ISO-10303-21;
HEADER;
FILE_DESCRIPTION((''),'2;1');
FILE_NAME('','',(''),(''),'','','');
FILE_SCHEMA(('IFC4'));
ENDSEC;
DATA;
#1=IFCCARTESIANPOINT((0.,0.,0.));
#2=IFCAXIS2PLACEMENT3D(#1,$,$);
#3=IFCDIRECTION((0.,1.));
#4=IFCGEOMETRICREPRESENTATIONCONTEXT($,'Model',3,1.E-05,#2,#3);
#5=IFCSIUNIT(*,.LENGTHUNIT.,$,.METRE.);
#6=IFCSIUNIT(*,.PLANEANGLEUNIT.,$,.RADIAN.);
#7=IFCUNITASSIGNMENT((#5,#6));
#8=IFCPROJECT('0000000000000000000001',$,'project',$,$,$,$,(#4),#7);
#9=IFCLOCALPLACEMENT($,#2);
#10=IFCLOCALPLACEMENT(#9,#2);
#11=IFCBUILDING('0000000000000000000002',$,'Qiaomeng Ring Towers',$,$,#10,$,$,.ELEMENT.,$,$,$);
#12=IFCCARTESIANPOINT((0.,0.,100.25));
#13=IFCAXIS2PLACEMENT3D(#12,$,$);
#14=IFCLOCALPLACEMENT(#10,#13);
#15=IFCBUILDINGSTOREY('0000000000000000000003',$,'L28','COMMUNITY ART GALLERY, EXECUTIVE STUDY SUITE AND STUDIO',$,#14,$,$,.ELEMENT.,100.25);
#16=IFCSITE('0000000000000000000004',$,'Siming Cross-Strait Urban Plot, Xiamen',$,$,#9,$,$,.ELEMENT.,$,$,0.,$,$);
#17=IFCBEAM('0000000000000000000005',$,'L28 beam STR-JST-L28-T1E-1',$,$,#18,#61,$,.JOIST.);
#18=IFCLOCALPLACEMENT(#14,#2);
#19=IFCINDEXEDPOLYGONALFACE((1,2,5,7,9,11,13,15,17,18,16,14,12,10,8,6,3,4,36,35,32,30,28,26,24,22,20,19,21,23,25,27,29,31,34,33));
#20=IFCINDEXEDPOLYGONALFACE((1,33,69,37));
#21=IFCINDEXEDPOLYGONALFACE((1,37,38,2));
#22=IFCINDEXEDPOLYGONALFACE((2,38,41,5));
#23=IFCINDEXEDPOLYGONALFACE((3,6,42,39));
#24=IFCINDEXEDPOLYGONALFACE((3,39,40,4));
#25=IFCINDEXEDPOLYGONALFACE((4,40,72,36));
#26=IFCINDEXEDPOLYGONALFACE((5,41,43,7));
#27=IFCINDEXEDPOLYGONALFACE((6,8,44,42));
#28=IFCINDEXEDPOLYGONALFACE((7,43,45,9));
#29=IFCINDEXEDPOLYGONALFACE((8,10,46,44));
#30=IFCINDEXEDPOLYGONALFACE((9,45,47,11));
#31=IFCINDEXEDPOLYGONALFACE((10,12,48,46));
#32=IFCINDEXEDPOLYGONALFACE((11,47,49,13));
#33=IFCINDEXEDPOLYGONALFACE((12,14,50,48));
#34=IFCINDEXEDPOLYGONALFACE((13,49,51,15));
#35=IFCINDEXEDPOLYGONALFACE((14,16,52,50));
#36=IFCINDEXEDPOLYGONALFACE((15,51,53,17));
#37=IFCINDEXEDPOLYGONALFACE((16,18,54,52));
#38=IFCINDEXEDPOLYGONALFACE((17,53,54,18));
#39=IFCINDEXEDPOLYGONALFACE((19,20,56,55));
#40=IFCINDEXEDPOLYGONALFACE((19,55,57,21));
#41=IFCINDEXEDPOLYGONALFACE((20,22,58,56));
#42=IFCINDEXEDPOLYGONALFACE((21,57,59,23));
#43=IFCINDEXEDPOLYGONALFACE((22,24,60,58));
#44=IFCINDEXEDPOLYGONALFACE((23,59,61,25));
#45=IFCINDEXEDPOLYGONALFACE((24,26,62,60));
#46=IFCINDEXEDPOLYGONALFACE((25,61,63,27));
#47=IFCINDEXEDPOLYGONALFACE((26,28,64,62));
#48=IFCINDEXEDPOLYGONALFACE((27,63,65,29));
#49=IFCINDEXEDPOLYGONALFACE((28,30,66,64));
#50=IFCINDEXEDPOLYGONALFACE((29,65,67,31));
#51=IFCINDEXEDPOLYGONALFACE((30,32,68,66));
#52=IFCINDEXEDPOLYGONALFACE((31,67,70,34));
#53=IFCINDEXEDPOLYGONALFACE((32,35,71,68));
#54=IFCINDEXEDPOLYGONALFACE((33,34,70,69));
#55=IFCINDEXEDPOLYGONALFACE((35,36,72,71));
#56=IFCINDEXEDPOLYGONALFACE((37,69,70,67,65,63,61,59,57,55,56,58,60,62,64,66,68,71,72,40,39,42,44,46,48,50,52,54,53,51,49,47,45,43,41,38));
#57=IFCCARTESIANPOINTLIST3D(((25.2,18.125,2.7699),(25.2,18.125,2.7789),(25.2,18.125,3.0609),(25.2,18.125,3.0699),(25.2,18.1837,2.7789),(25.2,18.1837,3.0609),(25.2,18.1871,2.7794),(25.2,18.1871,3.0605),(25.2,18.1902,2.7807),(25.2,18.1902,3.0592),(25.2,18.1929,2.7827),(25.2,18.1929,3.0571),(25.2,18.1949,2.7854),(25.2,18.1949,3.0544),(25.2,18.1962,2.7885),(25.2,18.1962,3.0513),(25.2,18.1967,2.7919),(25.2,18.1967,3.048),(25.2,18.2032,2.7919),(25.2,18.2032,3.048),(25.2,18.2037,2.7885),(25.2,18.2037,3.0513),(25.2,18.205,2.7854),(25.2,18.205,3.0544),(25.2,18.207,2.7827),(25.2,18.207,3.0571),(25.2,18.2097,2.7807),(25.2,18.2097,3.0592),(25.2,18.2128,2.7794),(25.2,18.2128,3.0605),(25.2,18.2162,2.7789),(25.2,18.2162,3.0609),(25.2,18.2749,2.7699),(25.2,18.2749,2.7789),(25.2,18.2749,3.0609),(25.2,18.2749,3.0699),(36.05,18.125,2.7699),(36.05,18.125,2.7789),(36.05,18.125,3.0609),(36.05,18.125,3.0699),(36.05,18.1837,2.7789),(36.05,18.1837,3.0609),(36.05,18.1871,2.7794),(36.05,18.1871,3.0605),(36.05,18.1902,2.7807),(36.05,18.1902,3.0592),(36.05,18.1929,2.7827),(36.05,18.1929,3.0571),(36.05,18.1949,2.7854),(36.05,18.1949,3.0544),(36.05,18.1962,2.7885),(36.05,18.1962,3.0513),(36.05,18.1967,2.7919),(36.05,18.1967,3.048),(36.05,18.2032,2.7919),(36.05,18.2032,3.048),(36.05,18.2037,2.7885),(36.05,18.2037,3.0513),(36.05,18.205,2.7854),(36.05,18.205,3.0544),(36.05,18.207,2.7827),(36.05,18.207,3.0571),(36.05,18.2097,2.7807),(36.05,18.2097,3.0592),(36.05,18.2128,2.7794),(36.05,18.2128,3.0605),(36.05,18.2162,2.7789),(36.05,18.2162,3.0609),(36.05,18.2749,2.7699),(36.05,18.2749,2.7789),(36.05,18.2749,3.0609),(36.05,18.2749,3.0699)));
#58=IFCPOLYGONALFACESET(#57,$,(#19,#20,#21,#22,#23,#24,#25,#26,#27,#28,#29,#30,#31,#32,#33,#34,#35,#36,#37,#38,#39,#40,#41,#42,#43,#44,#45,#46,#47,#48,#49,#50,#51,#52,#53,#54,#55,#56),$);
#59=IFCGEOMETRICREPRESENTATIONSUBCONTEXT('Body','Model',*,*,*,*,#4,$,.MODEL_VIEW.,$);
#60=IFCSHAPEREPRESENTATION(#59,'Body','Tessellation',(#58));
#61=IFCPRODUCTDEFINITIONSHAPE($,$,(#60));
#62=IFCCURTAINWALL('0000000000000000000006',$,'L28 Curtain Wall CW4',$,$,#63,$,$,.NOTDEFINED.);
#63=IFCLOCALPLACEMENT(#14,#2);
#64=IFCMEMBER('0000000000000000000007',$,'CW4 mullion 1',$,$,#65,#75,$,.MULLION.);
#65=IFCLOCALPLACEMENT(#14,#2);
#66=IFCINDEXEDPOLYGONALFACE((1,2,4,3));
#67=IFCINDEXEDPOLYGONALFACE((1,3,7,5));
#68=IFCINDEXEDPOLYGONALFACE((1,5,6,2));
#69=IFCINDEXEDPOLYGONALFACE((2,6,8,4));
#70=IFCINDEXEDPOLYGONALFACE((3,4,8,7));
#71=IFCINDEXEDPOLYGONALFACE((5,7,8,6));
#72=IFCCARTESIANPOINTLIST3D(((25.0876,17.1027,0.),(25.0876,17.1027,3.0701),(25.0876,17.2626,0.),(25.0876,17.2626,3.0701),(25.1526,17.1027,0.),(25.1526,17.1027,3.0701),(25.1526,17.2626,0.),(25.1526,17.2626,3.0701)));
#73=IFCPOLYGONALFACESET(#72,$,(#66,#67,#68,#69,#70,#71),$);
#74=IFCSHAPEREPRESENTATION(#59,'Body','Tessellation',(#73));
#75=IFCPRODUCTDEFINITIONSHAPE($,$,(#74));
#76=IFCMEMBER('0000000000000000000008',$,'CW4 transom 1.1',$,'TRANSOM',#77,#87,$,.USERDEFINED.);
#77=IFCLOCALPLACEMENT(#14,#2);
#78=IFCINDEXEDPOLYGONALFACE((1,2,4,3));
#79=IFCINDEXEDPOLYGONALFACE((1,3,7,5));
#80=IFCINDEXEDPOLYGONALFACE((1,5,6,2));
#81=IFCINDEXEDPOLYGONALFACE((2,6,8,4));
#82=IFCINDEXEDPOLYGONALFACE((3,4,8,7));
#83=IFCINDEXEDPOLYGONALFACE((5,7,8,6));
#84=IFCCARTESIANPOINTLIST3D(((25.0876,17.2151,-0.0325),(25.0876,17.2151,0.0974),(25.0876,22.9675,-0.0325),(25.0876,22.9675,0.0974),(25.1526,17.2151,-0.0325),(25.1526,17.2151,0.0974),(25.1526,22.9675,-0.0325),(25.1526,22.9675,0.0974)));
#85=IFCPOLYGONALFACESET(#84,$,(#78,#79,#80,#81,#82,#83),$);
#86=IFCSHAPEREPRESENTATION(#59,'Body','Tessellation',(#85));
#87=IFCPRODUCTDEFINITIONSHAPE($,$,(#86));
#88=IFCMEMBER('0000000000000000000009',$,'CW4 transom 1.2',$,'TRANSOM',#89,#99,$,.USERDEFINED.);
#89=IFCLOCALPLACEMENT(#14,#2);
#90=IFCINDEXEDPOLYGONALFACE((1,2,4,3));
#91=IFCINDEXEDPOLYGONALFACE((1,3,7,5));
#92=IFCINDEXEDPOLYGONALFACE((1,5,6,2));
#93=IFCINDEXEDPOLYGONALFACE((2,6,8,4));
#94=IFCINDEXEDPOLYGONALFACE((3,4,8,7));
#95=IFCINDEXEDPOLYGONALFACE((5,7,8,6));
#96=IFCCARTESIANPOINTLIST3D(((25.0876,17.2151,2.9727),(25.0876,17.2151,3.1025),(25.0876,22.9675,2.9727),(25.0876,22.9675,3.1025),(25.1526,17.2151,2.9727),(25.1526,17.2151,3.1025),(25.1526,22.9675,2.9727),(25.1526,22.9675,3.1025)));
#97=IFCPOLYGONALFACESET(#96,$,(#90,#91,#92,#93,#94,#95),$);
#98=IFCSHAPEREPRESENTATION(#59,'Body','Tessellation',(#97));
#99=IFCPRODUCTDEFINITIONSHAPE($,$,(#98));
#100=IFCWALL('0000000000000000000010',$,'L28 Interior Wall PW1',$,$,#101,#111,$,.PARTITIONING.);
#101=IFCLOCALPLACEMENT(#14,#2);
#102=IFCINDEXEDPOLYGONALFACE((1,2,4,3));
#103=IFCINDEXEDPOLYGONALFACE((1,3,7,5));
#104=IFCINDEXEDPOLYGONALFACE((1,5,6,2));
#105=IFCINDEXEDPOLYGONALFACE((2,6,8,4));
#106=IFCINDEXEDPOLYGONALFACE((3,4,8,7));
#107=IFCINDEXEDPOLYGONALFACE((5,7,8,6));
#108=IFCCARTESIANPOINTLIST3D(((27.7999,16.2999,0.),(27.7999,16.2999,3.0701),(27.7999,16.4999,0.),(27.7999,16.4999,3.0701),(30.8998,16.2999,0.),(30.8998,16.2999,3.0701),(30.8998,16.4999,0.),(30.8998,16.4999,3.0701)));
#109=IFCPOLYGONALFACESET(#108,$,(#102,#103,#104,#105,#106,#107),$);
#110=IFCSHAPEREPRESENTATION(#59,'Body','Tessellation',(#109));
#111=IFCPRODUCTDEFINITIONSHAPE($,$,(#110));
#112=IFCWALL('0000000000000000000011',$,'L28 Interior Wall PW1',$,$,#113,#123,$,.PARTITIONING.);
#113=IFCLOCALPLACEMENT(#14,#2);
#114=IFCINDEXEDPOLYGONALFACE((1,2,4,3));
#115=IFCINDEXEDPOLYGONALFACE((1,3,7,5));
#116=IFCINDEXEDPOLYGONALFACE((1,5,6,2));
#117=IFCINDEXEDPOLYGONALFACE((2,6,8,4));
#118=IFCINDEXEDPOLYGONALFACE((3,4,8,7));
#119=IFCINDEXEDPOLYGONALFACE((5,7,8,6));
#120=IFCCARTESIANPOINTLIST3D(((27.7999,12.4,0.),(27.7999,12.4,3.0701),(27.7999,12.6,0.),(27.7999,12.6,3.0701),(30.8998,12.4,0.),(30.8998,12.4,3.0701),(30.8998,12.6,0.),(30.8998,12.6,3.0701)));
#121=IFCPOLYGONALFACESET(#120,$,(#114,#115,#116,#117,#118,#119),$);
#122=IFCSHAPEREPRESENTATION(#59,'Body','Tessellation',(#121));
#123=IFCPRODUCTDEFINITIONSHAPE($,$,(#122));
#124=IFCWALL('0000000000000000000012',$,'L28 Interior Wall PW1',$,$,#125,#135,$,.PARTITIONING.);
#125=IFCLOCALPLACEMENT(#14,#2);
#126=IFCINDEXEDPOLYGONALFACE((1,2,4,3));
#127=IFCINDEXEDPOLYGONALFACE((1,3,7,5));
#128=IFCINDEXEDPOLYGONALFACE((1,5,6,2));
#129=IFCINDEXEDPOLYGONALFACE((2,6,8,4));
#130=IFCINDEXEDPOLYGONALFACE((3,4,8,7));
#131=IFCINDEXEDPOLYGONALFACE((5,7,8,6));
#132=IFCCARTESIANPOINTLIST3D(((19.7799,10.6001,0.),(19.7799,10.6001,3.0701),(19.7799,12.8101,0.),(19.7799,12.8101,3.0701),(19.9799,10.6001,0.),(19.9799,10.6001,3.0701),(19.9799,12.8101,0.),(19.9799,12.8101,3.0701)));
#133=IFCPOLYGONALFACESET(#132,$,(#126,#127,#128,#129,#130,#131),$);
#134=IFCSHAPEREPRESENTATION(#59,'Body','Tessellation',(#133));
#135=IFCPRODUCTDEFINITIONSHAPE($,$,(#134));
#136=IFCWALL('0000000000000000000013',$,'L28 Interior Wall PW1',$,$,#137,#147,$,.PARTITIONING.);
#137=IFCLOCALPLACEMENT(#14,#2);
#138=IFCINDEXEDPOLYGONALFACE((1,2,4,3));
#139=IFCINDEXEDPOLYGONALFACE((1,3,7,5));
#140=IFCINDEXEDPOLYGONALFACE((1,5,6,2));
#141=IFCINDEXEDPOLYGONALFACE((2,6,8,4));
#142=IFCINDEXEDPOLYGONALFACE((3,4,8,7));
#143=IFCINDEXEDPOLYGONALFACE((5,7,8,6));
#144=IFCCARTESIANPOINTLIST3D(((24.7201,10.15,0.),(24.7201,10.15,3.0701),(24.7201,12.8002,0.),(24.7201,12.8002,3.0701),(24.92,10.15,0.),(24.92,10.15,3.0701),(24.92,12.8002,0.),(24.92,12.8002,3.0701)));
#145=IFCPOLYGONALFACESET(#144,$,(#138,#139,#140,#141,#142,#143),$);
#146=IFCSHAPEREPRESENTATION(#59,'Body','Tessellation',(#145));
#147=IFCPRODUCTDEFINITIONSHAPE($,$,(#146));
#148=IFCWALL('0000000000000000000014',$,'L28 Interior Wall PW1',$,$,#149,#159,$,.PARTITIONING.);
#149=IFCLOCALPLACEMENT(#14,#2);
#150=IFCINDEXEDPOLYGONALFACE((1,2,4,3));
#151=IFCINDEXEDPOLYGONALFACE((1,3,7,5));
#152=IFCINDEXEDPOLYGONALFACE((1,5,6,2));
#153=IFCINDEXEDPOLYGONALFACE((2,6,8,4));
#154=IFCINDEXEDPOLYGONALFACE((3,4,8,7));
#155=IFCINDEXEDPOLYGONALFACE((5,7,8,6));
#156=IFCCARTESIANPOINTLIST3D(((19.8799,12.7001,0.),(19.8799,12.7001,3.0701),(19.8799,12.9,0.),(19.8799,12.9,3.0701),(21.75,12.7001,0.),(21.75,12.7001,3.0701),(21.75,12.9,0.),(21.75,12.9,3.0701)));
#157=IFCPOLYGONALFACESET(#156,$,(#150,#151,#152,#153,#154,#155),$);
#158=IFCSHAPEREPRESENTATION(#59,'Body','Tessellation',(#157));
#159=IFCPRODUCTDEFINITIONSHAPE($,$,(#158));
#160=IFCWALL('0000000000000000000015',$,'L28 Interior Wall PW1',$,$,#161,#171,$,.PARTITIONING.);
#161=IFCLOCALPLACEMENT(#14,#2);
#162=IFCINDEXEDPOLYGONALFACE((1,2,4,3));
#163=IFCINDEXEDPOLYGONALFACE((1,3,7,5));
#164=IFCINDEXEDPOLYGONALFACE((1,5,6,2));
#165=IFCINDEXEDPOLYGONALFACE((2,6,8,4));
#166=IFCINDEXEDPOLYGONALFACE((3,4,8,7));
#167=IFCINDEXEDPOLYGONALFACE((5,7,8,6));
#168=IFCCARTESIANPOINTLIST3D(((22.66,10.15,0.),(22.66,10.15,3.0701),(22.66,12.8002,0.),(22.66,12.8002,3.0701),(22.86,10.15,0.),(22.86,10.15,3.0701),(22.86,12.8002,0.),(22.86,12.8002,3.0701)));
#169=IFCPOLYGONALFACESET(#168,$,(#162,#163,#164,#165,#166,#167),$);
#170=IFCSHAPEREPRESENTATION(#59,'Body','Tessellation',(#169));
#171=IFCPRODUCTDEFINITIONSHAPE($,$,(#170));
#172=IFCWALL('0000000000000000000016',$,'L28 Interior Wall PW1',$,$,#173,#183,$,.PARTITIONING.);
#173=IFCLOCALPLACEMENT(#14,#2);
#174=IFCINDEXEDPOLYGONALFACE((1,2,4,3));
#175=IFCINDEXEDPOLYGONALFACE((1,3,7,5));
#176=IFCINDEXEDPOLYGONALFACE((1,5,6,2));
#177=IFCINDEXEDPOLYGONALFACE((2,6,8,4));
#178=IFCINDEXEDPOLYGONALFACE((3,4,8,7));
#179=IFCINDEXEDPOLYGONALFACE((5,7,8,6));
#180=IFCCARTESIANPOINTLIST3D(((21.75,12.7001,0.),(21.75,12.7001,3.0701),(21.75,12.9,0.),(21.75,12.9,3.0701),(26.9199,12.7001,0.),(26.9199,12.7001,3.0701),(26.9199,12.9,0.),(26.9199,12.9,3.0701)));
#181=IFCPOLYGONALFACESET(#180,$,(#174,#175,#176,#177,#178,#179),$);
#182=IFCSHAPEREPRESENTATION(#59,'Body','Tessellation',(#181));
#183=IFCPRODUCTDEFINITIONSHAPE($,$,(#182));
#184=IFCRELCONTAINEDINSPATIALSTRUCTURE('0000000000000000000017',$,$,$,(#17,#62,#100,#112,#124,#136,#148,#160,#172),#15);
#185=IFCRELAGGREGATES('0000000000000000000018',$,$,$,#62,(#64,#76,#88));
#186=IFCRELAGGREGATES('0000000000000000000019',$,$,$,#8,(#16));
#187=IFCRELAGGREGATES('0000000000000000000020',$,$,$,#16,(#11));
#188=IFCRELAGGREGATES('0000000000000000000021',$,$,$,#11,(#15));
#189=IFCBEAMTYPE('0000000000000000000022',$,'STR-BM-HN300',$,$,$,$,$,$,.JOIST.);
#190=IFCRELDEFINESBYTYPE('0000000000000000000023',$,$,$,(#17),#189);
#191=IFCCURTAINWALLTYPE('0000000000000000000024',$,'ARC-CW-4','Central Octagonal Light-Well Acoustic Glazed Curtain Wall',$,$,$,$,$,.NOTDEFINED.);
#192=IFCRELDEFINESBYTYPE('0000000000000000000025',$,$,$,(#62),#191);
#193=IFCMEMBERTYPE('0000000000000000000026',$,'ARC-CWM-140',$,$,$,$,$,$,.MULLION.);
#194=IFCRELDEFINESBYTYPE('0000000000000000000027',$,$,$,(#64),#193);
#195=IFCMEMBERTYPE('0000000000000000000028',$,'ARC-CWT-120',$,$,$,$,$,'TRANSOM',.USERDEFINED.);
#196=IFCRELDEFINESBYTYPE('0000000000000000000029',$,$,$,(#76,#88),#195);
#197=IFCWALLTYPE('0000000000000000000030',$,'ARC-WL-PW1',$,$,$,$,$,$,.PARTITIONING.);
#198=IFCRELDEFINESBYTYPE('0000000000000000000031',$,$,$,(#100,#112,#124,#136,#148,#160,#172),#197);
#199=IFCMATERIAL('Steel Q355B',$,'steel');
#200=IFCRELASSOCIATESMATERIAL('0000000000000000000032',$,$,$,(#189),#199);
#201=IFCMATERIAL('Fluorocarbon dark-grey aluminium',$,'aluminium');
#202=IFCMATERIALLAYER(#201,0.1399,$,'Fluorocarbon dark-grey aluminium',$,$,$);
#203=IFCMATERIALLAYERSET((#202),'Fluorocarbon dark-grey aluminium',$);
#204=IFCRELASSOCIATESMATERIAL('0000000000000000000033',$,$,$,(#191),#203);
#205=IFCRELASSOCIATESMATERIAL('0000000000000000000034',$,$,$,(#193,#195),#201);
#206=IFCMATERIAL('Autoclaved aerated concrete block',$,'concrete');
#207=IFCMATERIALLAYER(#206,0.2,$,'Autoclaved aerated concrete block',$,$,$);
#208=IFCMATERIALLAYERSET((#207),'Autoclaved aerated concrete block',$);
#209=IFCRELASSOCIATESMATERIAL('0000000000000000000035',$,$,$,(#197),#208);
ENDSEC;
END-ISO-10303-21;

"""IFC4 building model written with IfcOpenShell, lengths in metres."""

from ifc_helpers import new_model, si_unit, direction, frame, frame_2d, origin, origin_2d, place, context, subcontext, project, spatial, rectangle, i_section, extrude, source, transform, mapped, material, layer, layer_set, material_profile, profile_set, type_object, element, aggregate, save


model = new_model("IFC4")

# Units and contexts
model_context = context("Model", 3, precision=1e-05, world=origin(), true_north=direction((0.0, 1.0)))
body_context = subcontext(model_context, "Body", "Model", "MODEL_VIEW")
ifc_project = project(units=[si_unit("LENGTHUNIT", "METRE"), si_unit("PLANEANGLEUNIT", "RADIAN")], contexts=[model_context])

# Site, building, storey
site_placement = place(None, origin())
site = spatial("IfcSite", under=ifc_project, at=site_placement, Name="Siming Cross-Strait Urban Plot, Xiamen", CompositionType="ELEMENT", RefElevation=0.0)
building_placement = place(site_placement, origin())
building = spatial("IfcBuilding", under=site, at=building_placement, Name="Qiaomeng Ring Towers", CompositionType="ELEMENT")
storey_placement = place(building_placement, frame((0.0, 0.0, 100.25)))
storey = spatial("IfcBuildingStorey", under=building, at=storey_placement, Name="L28", Description="COMMUNITY ART GALLERY, EXECUTIVE STUDY SUITE AND STUDIO", CompositionType="ELEMENT", Elevation=100.25)

# Beam
ifc_material_1 = material(Name="Steel Q355B", Category="steel")
ifc_material_profile_1 = material_profile(ifc_material_1, i_section(OverallWidth=0.1499, OverallDepth=0.3, WebThickness=0.0066, FlangeThickness=0.009, FilletRadius=0.0129, at=origin_2d()), Name="HN 300x150x6.5x9")
ifc_profile_set_1 = profile_set([ifc_material_profile_1], Name="Steel Q355B")
beam_type_1 = type_object("IfcBeamType", Name="STR-BM-HN300", PredefinedType="JOIST", material=ifc_profile_set_1)
shared_shape_1 = source(origin(), body_context, "Body", "SweptSolid", [
    extrude(i_section(OverallWidth=0.1499, OverallDepth=0.3, WebThickness=0.0066, FlangeThickness=0.009, FilletRadius=0.0129, at=origin_2d()), origin(), (0.0, 0.0, 1.0), 10.8501),
])
beam_1_placement = place(storey_placement, frame((25.2, 18.2, 2.9199), z_axis=(1.0, 0.0, 0.0), x_axis=(0.0, 1.0, 0.0)))
element("IfcBeam", 1, at=beam_1_placement, inside=storey, type_object=beam_type_1, Name="L28 beam STR-JST-L28-T1E-1", PredefinedType="JOIST", context=body_context, shape_type="MappedRepresentation", body=[
    mapped(shared_shape_1, transform((0.0, 0.0, 0.0), x_axis=(1.0, 0.0, 0.0), y_axis=(0.0, 1.0, 0.0), z_axis=(0.0, 0.0, 1.0), scale=1.0)),
])

# Curtain wall, members
ifc_material_2 = material(Name="Fluorocarbon dark-grey aluminium", Category="aluminium")
ifc_layer_1 = layer(ifc_material_2, 0.1399, Name="Fluorocarbon dark-grey aluminium")
ifc_layer_set_1 = layer_set([ifc_layer_1], Name="Fluorocarbon dark-grey aluminium")
curtain_wall_type = type_object("IfcCurtainWallType", Name="ARC-CW-4", Description="Central Octagonal Light-Well Acoustic Glazed Curtain Wall", PredefinedType="NOTDEFINED", material=ifc_layer_set_1)
curtain_wall_placement = place(storey_placement, origin())
curtain_wall = element("IfcCurtainWall", 2, at=curtain_wall_placement, inside=storey, type_object=curtain_wall_type, Name="L28 Curtain Wall CW4", PredefinedType="NOTDEFINED")
ifc_material_profile_2 = material_profile(ifc_material_2, rectangle(XDim=0.0649, YDim=0.1599, at=origin_2d()), Name="ALU MULL 65x160")
ifc_profile_set_2 = profile_set([ifc_material_profile_2], Name="Fluorocarbon dark-grey aluminium")
member_type_1 = type_object("IfcMemberType", Name="ARC-CWM-140", PredefinedType="MULLION", material=ifc_profile_set_2)
shared_shape_2 = source(origin(), body_context, "Body", "SweptSolid", [
    extrude(rectangle(XDim=0.0649, YDim=0.1599, at=origin_2d()), origin(), (0.0, 0.0, 1.0), 3.0701),
])
member_1_placement = place(storey_placement, frame((25.1201, 17.1826, 0.0), z_axis=(0.0, 0.0, 1.0), x_axis=(-1.0, 0.0, 0.0)))
member_1 = element("IfcMember", 3, at=member_1_placement, type_object=member_type_1, Name="CW4 mullion 1", PredefinedType="MULLION", context=body_context, shape_type="MappedRepresentation", body=[
    mapped(shared_shape_2, transform((0.0, 0.0, 0.0), x_axis=(1.0, 0.0, 0.0), y_axis=(0.0, 1.0, 0.0), z_axis=(0.0, 0.0, 1.0), scale=1.0)),
])
ifc_material_profile_3 = material_profile(ifc_material_2, rectangle(XDim=0.0649, YDim=0.1299, at=origin_2d()), Name="ALU TRAN 65x130")
ifc_profile_set_3 = profile_set([ifc_material_profile_3], Name="Fluorocarbon dark-grey aluminium")
member_type_2 = type_object("IfcMemberType", Name="ARC-CWT-120", ElementType="TRANSOM", PredefinedType="USERDEFINED", material=ifc_profile_set_3)
shared_shape_3 = source(origin(), body_context, "Body", "SweptSolid", [
    extrude(rectangle(XDim=0.0649, YDim=0.1299, at=origin_2d()), origin(), (0.0, 0.0, 1.0), 5.7524),
])
member_2_placement = place(storey_placement, frame((25.1201, 17.2151, 0.0325), z_axis=(0.0, 1.0, 0.0), x_axis=(-1.0, 0.0, 0.0)))
member_2 = element("IfcMember", 4, at=member_2_placement, type_object=member_type_2, Name="CW4 transom 1.1", ObjectType="TRANSOM", PredefinedType="USERDEFINED", context=body_context, shape_type="MappedRepresentation", body=[
    mapped(shared_shape_3, transform((0.0, 0.0, 0.0), x_axis=(1.0, 0.0, 0.0), y_axis=(0.0, 1.0, 0.0), z_axis=(0.0, 0.0, 1.0), scale=1.0)),
])
member_3_placement = place(storey_placement, frame((25.1201, 17.2151, 3.0376), z_axis=(0.0, 1.0, 0.0), x_axis=(-1.0, 0.0, 0.0)))
member_3 = element("IfcMember", 5, at=member_3_placement, type_object=member_type_2, Name="CW4 transom 1.2", ObjectType="TRANSOM", PredefinedType="USERDEFINED", context=body_context, shape_type="MappedRepresentation", body=[
    mapped(shared_shape_3, transform((0.0, 0.0, 0.0), x_axis=(1.0, 0.0, 0.0), y_axis=(0.0, 1.0, 0.0), z_axis=(0.0, 0.0, 1.0), scale=1.0)),
])
aggregate(curtain_wall, [member_1, member_2, member_3])

# Walls
ifc_material_3 = material(Name="Autoclaved aerated concrete block", Category="concrete")
ifc_layer_2 = layer(ifc_material_3, 0.2, Name="Autoclaved aerated concrete block")
ifc_layer_set_2 = layer_set([ifc_layer_2], Name="Autoclaved aerated concrete block")
wall_type_1 = type_object("IfcWallType", Name="ARC-WL-PW1", PredefinedType="PARTITIONING", material=ifc_layer_set_2)
for number, where, z_axis, x_axis, name in (
    (6, (27.8, 16.3999, 0.0), (0.0, 0.0, 1.0), (1.0, 0.0, 0.0), "L28 Interior Wall PW1"),
    (7, (27.8, 12.5, 0.0), (0.0, 0.0, 1.0), (1.0, 0.0, 0.0), "L28 Interior Wall PW1"),
):
    element("IfcWall", number, at=place(storey_placement, frame(where, z_axis=z_axis, x_axis=x_axis)), inside=storey, type_object=wall_type_1, Name=name, PredefinedType="PARTITIONING", context=body_context, shape_type="SweptSolid", body=[
        extrude(rectangle(XDim=3.0999, YDim=0.2, at=frame_2d((1.5498, 0.0))), origin(), (0.0, 0.0, 1.0), 3.0701),
    ])
wall_1_placement = place(storey_placement, frame((19.8799, 10.6001, 0.0), z_axis=(0.0, 0.0, 1.0), x_axis=(0.0, 1.0, 0.0)))
element("IfcWall", 8, at=wall_1_placement, inside=storey, type_object=wall_type_1, Name="L28 Interior Wall PW1", PredefinedType="PARTITIONING", context=body_context, shape_type="SweptSolid", body=[
    extrude(rectangle(XDim=2.21, YDim=0.2, at=frame_2d((1.105, 0.0))), origin(), (0.0, 0.0, 1.0), 3.0701),
])
wall_2_placement = place(storey_placement, frame((24.8201, 10.1499, 0.0), z_axis=(0.0, 0.0, 1.0), x_axis=(0.0, 1.0, 0.0)))
element("IfcWall", 9, at=wall_2_placement, inside=storey, type_object=wall_type_1, Name="L28 Interior Wall PW1", PredefinedType="PARTITIONING", context=body_context, shape_type="SweptSolid", body=[
    extrude(rectangle(XDim=2.6501, YDim=0.2, at=frame_2d((1.3252, 0.0))), origin(), (0.0, 0.0, 1.0), 3.0701),
])
wall_3_placement = place(storey_placement, frame((19.8799, 12.8, 0.0), z_axis=(0.0, 0.0, 1.0), x_axis=(1.0, 0.0, 0.0)))
element("IfcWall", 10, at=wall_3_placement, inside=storey, type_object=wall_type_1, Name="L28 Interior Wall PW1", PredefinedType="PARTITIONING", context=body_context, shape_type="SweptSolid", body=[
    extrude(rectangle(XDim=1.8701, YDim=0.2, at=frame_2d((0.9351, 0.0))), origin(), (0.0, 0.0, 1.0), 3.0701),
])
wall_4_placement = place(storey_placement, frame((22.76, 10.1499, 0.0), z_axis=(0.0, 0.0, 1.0), x_axis=(0.0, 1.0, 0.0)))
element("IfcWall", 11, at=wall_4_placement, inside=storey, type_object=wall_type_1, Name="L28 Interior Wall PW1", PredefinedType="PARTITIONING", context=body_context, shape_type="SweptSolid", body=[
    extrude(rectangle(XDim=2.6501, YDim=0.2, at=frame_2d((1.3252, 0.0))), origin(), (0.0, 0.0, 1.0), 3.0701),
])
wall_5_placement = place(storey_placement, frame((21.75, 12.8, 0.0), z_axis=(0.0, 0.0, 1.0), x_axis=(1.0, 0.0, 0.0)))
element("IfcWall", 12, at=wall_5_placement, inside=storey, type_object=wall_type_1, Name="L28 Interior Wall PW1", PredefinedType="PARTITIONING", context=body_context, shape_type="SweptSolid", body=[
    extrude(rectangle(XDim=5.1699, YDim=0.2, at=frame_2d((2.585, 0.0))), origin(), (0.0, 0.0, 1.0), 3.0701),
])

save(model, "model.ifc")
